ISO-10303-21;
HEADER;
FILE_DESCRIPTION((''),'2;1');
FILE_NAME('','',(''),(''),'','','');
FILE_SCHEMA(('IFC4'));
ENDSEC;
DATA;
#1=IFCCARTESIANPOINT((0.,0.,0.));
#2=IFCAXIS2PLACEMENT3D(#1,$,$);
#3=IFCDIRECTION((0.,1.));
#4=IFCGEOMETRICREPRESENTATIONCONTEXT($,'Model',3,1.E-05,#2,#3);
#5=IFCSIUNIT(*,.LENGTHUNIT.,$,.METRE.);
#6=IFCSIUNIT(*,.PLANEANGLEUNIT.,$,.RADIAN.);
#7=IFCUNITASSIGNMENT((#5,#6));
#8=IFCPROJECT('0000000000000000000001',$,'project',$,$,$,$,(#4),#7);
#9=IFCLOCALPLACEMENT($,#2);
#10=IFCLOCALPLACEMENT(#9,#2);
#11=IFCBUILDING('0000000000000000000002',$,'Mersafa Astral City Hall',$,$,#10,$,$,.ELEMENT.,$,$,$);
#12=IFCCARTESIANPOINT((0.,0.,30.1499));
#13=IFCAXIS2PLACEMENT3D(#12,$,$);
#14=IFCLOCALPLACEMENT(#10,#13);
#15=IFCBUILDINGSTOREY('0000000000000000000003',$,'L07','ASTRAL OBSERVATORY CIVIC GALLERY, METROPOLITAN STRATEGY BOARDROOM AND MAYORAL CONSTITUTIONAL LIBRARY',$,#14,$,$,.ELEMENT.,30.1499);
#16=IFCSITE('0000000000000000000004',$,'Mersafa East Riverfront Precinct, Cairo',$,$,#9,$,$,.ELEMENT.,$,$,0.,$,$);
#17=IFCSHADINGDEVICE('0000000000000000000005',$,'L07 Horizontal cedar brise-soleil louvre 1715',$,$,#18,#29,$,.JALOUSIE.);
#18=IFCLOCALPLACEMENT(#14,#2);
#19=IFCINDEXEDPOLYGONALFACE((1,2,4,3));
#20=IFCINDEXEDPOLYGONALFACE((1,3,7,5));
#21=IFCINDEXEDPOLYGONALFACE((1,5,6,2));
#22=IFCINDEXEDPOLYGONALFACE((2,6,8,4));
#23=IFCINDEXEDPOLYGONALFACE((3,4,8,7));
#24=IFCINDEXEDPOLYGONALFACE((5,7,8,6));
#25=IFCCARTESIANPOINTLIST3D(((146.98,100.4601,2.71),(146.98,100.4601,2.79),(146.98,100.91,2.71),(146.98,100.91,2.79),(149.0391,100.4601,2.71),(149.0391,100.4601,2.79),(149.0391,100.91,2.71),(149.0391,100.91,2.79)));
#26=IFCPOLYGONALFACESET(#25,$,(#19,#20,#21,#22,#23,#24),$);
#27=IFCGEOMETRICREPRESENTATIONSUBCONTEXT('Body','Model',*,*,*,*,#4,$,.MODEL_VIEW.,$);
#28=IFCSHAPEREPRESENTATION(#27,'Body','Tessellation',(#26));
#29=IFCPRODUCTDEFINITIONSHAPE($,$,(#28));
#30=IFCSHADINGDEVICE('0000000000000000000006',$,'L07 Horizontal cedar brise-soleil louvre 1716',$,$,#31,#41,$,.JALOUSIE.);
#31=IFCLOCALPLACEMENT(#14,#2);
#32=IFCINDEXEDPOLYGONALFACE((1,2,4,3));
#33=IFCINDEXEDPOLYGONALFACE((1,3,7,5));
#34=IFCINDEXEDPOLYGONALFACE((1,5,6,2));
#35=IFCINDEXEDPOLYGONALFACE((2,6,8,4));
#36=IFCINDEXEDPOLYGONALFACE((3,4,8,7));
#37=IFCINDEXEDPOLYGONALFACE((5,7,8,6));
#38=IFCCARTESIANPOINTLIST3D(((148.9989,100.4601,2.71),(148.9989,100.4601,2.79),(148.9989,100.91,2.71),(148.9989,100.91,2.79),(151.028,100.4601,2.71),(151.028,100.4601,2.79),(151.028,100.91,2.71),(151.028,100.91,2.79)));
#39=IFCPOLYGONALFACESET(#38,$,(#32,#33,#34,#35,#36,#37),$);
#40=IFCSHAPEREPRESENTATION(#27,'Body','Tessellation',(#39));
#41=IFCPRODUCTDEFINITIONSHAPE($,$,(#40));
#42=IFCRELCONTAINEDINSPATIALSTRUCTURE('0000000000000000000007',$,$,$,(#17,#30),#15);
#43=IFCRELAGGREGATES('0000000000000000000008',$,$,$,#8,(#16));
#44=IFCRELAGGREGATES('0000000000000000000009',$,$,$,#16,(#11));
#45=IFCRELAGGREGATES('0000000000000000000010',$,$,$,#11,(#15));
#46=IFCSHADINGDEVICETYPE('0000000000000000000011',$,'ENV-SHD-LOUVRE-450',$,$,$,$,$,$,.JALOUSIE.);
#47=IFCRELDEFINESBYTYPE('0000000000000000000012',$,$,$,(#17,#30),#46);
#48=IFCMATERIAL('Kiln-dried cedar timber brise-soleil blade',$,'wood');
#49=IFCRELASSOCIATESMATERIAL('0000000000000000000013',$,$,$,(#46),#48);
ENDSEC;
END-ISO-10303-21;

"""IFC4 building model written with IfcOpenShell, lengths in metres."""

from ifc_helpers import new_model, si_unit, direction, frame, origin, origin_2d, place, context, subcontext, project, spatial, rectangle, extrude, material, type_object, element, save


model = new_model("IFC4")

# Units and contexts
model_context = context("Model", 3, precision=1e-05, world=origin(), true_north=direction((0.0, 1.0)))
body_context = subcontext(model_context, "Body", "Model", "MODEL_VIEW")
ifc_project = project(units=[si_unit("LENGTHUNIT", "METRE"), si_unit("PLANEANGLEUNIT", "RADIAN")], contexts=[model_context])

# Site, building, storey
site_placement = place(None, origin())
site = spatial("IfcSite", under=ifc_project, at=site_placement, Name="Mersafa East Riverfront Precinct, Cairo", CompositionType="ELEMENT", RefElevation=0.0)
building_placement = place(site_placement, origin())
building = spatial("IfcBuilding", under=site, at=building_placement, Name="Mersafa Astral City Hall", CompositionType="ELEMENT")
storey_placement = place(building_placement, frame((0.0, 0.0, 30.1499)))
storey = spatial("IfcBuildingStorey", under=building, at=storey_placement, Name="L07", Description="ASTRAL OBSERVATORY CIVIC GALLERY, METROPOLITAN STRATEGY BOARDROOM AND MAYORAL CONSTITUTIONAL LIBRARY", CompositionType="ELEMENT", Elevation=30.1499)

# Shading devices
ifc_material_1 = material(Name="Kiln-dried cedar timber brise-soleil blade", Category="wood")
shading_device_type = type_object("IfcShadingDeviceType", Name="ENV-SHD-LOUVRE-450", PredefinedType="JALOUSIE", material=ifc_material_1)
for number, where, z_axis, x_axis, name in (
    (1, (148.0095, 100.6851, 2.71), (0.0, 0.0, 1.0), (1.0, 0.0, 0.0), "L07 Horizontal cedar brise-soleil louvre 1715"),
):
    element("IfcShadingDevice", number, at=place(storey_placement, frame(where, z_axis=z_axis, x_axis=x_axis)), inside=storey, type_object=shading_device_type, Name=name, PredefinedType="JALOUSIE", context=body_context, shape_type="SweptSolid", body=[
        extrude(rectangle(XDim=2.0591, YDim=0.45, at=origin_2d()), origin(), (0.0, 0.0, 1.0), 0.0801),
    ])
shading_device_1_placement = place(storey_placement, frame((150.0134, 100.6851, 2.71), z_axis=(0.0, 0.0, 1.0), x_axis=(1.0, 0.0, 0.0)))
element("IfcShadingDevice", 2, at=shading_device_1_placement, inside=storey, type_object=shading_device_type, Name="L07 Horizontal cedar brise-soleil louvre 1716", PredefinedType="JALOUSIE", context=body_context, shape_type="SweptSolid", body=[
    extrude(rectangle(XDim=2.0291, YDim=0.45, at=origin_2d()), origin(), (0.0, 0.0, 1.0), 0.0801),
])

save(model, "model.ifc")
